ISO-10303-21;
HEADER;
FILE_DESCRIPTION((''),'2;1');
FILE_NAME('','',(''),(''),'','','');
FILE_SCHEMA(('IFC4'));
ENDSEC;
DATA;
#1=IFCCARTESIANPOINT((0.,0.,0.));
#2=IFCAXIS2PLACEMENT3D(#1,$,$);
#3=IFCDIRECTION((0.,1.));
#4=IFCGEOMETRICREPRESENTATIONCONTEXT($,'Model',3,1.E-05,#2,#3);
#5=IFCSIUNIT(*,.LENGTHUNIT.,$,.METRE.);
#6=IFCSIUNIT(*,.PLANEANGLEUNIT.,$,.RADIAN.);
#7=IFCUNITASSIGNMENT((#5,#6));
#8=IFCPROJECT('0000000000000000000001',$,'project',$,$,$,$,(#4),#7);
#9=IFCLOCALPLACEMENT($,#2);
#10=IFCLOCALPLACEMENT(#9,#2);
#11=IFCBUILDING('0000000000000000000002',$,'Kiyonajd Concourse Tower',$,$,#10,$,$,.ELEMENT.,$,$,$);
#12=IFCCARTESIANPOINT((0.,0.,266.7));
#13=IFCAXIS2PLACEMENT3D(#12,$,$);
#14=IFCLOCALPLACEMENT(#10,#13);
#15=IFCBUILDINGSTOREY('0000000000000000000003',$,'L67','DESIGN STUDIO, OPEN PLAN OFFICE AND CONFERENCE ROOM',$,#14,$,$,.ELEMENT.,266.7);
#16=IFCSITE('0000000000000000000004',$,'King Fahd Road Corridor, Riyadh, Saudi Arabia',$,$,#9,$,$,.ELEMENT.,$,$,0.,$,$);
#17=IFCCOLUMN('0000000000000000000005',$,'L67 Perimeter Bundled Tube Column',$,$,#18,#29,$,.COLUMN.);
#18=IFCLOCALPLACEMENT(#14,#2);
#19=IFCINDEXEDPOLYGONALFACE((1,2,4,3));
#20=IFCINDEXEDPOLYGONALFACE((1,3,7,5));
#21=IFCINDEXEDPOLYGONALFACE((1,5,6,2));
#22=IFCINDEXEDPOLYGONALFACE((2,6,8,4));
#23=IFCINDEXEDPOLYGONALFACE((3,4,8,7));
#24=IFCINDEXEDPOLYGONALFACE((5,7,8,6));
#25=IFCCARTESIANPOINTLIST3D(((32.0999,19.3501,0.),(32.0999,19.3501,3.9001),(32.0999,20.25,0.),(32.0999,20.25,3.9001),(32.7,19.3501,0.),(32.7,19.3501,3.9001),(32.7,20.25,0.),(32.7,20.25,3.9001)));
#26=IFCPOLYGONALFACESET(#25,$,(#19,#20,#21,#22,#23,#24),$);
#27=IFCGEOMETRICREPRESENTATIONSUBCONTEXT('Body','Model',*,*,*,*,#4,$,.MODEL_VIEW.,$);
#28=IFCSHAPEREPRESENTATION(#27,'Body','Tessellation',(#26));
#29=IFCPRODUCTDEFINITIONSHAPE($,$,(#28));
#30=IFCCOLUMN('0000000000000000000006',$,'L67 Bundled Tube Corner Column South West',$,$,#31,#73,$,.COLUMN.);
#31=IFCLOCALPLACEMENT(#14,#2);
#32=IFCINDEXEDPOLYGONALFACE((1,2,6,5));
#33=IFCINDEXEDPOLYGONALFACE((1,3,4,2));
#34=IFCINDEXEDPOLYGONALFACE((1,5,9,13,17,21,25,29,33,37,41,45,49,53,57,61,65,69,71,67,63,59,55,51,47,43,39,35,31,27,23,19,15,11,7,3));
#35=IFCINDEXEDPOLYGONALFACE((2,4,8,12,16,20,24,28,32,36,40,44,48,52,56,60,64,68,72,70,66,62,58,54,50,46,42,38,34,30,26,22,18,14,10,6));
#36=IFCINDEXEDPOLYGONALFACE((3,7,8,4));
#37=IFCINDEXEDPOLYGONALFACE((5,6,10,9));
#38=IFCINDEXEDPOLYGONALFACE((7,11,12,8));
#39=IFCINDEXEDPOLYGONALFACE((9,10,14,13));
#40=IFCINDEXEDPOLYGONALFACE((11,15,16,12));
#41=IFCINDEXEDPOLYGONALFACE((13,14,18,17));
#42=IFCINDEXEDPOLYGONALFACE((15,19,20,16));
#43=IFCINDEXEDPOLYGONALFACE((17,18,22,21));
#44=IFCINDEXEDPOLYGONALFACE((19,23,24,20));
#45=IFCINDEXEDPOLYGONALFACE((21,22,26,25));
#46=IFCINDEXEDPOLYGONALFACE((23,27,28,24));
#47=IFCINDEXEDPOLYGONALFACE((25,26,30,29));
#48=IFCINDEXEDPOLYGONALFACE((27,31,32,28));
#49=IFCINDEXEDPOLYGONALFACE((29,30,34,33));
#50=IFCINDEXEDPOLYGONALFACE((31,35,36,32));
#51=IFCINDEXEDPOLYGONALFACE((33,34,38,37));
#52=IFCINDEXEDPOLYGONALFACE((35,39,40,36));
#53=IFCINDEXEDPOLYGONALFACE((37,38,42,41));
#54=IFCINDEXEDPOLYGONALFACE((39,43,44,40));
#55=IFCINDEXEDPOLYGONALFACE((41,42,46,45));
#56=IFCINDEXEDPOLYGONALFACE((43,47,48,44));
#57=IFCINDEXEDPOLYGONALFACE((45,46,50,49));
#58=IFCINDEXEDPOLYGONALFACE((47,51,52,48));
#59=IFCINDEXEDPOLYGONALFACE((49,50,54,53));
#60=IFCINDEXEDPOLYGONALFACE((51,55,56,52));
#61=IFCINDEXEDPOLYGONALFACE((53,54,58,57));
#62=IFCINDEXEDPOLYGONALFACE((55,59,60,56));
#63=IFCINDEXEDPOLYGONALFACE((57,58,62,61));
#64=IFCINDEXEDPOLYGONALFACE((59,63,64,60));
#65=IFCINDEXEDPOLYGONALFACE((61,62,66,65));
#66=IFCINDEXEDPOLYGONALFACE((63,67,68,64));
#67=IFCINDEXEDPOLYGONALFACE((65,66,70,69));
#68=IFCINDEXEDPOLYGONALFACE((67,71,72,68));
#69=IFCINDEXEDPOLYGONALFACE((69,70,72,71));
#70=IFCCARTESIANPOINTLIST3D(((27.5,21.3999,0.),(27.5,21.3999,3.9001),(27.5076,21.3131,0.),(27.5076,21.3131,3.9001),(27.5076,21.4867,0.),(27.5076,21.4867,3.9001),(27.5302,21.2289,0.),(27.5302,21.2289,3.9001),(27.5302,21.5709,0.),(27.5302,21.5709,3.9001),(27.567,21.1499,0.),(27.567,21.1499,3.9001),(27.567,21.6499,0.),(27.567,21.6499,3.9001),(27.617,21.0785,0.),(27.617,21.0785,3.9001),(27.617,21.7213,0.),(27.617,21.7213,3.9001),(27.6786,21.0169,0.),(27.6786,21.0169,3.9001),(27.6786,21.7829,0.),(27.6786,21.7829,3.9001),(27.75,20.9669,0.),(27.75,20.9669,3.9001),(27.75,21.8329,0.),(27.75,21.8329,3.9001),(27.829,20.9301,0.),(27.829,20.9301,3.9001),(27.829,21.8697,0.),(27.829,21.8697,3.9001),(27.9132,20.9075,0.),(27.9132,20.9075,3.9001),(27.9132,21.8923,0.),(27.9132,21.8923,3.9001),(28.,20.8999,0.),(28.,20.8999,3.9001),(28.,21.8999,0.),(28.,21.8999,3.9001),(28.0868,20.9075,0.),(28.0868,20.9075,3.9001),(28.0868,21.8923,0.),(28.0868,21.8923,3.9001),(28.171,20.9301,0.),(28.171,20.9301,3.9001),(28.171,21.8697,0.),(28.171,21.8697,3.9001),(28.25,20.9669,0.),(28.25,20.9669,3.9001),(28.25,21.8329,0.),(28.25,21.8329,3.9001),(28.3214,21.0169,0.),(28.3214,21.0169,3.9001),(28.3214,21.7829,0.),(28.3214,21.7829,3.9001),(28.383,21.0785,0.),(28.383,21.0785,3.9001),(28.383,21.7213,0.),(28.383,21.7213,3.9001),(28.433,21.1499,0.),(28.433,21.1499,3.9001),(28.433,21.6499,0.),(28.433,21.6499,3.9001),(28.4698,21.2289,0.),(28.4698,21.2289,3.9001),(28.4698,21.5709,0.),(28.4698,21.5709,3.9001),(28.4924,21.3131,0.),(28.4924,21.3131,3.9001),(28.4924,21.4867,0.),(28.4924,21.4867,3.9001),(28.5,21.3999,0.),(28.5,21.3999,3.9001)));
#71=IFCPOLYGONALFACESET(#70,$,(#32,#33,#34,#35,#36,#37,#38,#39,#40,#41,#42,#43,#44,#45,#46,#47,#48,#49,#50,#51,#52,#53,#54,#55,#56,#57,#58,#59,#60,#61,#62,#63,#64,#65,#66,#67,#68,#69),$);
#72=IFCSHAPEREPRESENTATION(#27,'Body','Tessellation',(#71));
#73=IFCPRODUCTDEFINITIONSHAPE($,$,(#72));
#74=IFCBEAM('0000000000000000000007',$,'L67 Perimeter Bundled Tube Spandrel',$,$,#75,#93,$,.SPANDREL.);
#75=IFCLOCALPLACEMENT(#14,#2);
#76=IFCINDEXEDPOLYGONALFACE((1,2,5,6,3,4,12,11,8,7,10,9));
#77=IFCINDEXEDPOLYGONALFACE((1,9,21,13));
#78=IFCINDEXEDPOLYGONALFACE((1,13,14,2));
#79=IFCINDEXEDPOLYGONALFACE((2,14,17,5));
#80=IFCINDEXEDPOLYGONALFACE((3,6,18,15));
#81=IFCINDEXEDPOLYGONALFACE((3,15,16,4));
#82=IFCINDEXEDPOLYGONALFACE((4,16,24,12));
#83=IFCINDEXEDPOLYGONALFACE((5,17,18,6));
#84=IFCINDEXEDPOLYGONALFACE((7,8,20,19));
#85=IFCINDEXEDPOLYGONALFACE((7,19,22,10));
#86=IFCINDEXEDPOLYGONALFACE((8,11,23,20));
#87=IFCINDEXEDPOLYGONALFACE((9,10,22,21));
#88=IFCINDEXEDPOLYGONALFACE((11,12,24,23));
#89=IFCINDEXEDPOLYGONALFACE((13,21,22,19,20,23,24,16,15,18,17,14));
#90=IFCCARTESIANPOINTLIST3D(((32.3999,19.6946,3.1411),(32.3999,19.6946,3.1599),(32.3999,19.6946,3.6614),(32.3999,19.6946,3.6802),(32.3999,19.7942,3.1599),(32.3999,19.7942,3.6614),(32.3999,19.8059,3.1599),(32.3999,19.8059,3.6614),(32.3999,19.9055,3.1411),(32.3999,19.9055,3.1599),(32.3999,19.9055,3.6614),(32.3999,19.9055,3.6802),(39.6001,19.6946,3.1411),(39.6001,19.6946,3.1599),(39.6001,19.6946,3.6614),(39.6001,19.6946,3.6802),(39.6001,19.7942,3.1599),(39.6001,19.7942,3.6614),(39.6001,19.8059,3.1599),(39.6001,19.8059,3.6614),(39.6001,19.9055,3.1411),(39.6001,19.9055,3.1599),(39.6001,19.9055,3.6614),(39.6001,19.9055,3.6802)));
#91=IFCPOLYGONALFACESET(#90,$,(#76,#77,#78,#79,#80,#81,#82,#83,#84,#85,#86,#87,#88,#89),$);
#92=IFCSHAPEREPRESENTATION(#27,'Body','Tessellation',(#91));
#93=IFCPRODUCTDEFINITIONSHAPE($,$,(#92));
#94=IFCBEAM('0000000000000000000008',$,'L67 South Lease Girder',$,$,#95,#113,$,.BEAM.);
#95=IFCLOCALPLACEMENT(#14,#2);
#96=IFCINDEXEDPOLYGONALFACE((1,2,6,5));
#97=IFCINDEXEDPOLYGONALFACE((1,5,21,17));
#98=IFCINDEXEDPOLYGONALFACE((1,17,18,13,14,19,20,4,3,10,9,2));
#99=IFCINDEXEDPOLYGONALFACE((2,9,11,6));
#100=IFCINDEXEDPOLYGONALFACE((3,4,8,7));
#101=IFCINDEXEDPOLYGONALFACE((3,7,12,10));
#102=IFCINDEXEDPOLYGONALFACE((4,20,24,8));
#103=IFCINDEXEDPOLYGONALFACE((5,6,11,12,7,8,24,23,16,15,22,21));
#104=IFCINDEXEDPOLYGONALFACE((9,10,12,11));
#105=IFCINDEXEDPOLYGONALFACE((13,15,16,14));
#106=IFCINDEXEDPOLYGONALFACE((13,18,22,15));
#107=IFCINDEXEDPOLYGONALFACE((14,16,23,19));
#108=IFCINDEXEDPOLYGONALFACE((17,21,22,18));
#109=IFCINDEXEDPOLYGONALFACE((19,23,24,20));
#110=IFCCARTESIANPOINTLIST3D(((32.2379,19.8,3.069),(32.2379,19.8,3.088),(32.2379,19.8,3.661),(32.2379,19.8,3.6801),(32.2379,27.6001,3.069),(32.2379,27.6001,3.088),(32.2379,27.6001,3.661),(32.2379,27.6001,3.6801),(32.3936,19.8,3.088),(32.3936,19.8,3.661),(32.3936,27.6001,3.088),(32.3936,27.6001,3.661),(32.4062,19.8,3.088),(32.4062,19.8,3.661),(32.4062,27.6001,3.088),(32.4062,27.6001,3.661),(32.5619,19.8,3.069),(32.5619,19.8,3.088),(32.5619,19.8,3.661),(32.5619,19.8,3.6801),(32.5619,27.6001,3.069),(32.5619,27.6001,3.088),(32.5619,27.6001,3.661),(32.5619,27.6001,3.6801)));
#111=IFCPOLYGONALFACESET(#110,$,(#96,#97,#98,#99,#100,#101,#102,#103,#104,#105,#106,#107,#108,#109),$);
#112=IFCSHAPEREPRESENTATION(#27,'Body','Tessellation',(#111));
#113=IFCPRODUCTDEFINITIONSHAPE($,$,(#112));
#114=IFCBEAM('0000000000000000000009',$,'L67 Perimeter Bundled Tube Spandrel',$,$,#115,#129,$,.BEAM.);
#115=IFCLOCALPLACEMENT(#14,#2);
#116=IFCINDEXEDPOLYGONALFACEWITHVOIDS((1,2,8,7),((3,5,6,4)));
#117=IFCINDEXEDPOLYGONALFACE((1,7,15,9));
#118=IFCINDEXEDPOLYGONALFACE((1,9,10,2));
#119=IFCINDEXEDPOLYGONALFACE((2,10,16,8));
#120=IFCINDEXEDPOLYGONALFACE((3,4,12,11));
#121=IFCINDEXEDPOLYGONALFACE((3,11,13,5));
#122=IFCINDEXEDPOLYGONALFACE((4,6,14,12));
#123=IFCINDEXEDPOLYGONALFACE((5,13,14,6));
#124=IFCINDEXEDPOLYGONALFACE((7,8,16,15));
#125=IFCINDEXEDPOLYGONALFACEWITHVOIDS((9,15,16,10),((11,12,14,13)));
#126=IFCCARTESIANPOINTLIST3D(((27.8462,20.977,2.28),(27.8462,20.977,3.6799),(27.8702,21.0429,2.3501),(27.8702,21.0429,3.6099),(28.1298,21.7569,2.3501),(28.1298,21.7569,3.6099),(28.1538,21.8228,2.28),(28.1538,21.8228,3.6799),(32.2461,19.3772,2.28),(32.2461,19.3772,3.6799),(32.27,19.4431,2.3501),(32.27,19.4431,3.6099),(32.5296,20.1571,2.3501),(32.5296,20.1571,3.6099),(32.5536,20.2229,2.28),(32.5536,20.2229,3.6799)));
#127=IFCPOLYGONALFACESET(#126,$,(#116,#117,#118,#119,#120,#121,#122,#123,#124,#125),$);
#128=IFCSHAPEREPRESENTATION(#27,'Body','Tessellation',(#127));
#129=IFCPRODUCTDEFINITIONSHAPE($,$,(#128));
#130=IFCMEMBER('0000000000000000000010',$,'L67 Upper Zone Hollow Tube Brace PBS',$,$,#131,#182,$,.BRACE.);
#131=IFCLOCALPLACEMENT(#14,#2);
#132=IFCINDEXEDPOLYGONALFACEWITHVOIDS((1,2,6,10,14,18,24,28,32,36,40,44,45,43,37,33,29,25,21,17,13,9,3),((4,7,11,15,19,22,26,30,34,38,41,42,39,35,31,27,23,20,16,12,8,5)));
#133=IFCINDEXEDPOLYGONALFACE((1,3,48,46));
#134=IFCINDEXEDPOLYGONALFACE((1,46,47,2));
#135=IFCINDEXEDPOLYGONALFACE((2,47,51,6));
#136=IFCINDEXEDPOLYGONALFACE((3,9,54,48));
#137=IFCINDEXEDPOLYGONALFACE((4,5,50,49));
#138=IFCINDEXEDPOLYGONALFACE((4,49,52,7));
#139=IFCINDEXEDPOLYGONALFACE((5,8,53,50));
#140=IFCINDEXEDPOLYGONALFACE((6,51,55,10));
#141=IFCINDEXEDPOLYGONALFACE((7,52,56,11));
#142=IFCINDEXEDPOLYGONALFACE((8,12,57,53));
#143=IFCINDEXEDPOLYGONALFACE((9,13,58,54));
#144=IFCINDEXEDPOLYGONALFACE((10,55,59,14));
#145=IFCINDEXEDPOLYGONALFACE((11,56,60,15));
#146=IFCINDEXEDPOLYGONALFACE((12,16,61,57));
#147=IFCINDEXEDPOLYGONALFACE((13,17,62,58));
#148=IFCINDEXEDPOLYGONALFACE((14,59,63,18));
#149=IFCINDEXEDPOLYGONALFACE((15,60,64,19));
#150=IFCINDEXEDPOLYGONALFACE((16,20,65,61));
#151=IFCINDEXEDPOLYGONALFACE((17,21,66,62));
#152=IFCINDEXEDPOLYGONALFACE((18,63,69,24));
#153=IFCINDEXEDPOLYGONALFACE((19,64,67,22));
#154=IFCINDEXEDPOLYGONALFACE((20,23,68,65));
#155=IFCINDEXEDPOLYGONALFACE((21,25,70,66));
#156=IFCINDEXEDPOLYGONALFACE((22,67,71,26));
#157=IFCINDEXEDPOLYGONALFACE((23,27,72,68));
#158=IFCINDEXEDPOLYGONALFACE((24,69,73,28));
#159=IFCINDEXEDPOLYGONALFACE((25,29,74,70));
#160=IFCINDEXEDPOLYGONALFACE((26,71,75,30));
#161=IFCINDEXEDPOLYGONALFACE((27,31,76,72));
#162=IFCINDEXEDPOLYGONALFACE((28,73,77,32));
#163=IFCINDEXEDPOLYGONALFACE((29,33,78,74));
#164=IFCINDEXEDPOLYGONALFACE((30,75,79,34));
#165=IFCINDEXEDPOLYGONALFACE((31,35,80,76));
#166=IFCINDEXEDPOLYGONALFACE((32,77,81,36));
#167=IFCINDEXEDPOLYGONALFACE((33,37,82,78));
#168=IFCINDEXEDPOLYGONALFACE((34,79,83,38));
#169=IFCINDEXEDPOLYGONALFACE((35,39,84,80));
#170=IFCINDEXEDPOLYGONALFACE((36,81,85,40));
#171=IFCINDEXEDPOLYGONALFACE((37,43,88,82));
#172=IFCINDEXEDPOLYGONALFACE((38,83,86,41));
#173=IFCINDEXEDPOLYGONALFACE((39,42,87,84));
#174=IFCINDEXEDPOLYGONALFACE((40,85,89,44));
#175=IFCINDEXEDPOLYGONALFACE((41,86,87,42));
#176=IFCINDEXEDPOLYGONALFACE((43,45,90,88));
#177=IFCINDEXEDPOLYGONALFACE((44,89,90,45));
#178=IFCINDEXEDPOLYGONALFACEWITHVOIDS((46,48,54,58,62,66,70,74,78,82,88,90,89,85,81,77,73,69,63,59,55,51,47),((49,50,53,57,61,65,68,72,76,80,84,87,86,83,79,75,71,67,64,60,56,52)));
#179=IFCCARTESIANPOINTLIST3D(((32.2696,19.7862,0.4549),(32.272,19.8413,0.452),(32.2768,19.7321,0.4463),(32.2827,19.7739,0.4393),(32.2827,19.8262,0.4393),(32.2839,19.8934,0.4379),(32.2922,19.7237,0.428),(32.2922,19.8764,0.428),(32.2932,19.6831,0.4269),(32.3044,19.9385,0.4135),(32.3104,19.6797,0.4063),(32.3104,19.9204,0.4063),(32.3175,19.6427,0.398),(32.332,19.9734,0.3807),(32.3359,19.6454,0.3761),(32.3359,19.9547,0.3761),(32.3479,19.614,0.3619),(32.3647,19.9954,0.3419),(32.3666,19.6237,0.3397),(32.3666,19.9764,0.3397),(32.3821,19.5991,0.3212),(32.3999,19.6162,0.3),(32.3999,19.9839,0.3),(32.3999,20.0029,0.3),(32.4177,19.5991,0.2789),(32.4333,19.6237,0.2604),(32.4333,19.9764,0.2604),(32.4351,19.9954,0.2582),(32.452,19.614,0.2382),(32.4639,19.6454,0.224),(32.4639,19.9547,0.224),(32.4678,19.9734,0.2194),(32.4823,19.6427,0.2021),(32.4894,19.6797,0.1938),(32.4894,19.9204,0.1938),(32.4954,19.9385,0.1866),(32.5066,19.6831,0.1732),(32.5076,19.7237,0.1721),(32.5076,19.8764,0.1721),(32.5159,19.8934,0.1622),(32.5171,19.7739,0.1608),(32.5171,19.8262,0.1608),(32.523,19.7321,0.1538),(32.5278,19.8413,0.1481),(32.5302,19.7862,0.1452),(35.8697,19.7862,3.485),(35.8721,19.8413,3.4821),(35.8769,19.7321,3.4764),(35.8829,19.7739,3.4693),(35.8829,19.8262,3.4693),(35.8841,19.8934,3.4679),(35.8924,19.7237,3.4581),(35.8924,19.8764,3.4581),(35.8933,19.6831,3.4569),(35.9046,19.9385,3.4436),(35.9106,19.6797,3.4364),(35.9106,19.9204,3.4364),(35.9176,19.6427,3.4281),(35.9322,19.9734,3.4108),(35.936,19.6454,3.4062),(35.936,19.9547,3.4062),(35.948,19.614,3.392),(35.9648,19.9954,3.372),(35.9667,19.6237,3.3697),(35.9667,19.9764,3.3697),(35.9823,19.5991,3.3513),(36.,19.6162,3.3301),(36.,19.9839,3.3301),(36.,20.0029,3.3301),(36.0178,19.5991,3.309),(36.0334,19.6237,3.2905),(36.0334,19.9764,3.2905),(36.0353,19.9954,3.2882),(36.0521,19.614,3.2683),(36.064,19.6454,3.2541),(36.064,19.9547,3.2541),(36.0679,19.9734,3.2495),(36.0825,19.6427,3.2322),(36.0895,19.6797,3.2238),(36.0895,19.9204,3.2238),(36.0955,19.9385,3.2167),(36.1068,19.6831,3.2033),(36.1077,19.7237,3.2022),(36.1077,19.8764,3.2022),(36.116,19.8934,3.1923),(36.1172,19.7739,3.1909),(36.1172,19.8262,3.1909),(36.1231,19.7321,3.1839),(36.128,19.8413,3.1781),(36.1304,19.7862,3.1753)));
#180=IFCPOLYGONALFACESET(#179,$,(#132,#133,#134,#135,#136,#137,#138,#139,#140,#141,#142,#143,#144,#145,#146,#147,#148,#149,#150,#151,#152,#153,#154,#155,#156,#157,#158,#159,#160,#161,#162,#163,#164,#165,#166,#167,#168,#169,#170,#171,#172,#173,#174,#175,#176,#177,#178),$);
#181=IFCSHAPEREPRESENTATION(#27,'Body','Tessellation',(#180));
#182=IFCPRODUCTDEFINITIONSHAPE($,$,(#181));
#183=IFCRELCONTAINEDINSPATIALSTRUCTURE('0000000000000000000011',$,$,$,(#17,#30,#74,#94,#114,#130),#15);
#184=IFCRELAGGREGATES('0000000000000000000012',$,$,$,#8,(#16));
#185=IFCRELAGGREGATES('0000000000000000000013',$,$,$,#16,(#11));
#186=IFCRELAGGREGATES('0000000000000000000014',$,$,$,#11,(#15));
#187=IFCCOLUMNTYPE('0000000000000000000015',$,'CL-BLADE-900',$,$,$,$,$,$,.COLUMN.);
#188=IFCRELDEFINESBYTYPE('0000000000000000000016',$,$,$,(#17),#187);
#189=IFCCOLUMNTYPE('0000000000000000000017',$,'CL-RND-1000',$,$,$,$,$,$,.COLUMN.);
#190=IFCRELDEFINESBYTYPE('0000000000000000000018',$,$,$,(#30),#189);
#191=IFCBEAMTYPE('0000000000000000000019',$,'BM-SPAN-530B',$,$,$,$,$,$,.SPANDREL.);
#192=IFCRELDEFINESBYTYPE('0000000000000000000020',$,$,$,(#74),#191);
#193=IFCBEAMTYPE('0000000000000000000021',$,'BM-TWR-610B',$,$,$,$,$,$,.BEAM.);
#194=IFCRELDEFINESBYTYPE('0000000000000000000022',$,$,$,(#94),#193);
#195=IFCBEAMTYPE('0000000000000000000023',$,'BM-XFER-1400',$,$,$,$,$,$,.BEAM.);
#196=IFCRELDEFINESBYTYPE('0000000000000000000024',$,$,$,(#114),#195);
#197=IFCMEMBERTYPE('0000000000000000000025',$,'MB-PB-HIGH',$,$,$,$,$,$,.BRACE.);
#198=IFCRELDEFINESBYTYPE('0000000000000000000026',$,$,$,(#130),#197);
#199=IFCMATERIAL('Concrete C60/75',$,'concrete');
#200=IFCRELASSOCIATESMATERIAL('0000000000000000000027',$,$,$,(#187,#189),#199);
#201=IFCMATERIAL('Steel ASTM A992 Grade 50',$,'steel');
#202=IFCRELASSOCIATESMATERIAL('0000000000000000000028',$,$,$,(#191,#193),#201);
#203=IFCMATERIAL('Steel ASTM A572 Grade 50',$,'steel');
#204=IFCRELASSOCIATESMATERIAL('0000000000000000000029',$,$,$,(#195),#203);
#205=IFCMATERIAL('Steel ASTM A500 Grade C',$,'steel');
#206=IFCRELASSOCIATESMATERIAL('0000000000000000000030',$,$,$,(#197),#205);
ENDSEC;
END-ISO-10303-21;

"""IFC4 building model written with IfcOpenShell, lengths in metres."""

from ifc_helpers import new_model, si_unit, direction, frame, origin, origin_2d, place, context, subcontext, project, spatial, rectangle, hollow_rectangle, circle, hollow_circle, i_section, extrude, material, material_profile, profile_set, type_object, element, save


model = new_model("IFC4")

# Units and contexts
model_context = context("Model", 3, precision=1e-05, world=origin(), true_north=direction((0.0, 1.0)))
body_context = subcontext(model_context, "Body", "Model", "MODEL_VIEW")
ifc_project = project(units=[si_unit("LENGTHUNIT", "METRE"), si_unit("PLANEANGLEUNIT", "RADIAN")], contexts=[model_context])

# Site, building, storey
site_placement = place(None, origin())
site = spatial("IfcSite", under=ifc_project, at=site_placement, Name="King Fahd Road Corridor, Riyadh, Saudi Arabia", CompositionType="ELEMENT", RefElevation=0.0)
building_placement = place(site_placement, origin())
building = spatial("IfcBuilding", under=site, at=building_placement, Name="Kiyonajd Concourse Tower", CompositionType="ELEMENT")
storey_placement = place(building_placement, frame((0.0, 0.0, 266.7)))
storey = spatial("IfcBuildingStorey", under=building, at=storey_placement, Name="L67", Description="DESIGN STUDIO, OPEN PLAN OFFICE AND CONFERENCE ROOM", CompositionType="ELEMENT", Elevation=266.7)

# Columns
ifc_material_1 = material(Name="Concrete C60/75", Category="concrete")
ifc_material_profile_1 = material_profile(ifc_material_1, rectangle(XDim=0.6001, YDim=0.8999, at=origin_2d()), Name="RC-900x600")
ifc_profile_set_1 = profile_set([ifc_material_profile_1], Name="Concrete C60/75")
column_type_1 = type_object("IfcColumnType", Name="CL-BLADE-900", PredefinedType="COLUMN", material=ifc_profile_set_1)
column_1_placement = place(storey_placement, frame((32.3999, 19.8, 0.0), z_axis=(0.0, 0.0, 1.0), x_axis=(1.0, 0.0, 0.0)))
element("IfcColumn", 1, at=column_1_placement, inside=storey, type_object=column_type_1, Name="L67 Perimeter Bundled Tube Column", PredefinedType="COLUMN", context=body_context, shape_type="SweptSolid", body=[
    extrude(rectangle(XDim=0.6001, YDim=0.8999, at=origin_2d()), origin(), (0.0, 0.0, 1.0), 3.9001),
])
ifc_material_profile_2 = material_profile(ifc_material_1, circle(Radius=0.5, at=origin_2d()), Name="RCC-D1000")
ifc_profile_set_2 = profile_set([ifc_material_profile_2], Name="Concrete C60/75")
column_type_2 = type_object("IfcColumnType", Name="CL-RND-1000", PredefinedType="COLUMN", material=ifc_profile_set_2)
column_2_placement = place(storey_placement, frame((28.0, 21.3999, 0.0), z_axis=(0.0, 0.0, 1.0), x_axis=(1.0, 0.0, 0.0)))
element("IfcColumn", 2, at=column_2_placement, inside=storey, type_object=column_type_2, Name="L67 Bundled Tube Corner Column South West", PredefinedType="COLUMN", context=body_context, shape_type="SweptSolid", body=[
    extrude(circle(Radius=0.5, at=origin_2d()), origin(), (0.0, 0.0, 1.0), 3.9001),
])

# Beams
ifc_material_2 = material(Name="Steel ASTM A992 Grade 50", Category="steel")
ifc_material_profile_3 = material_profile(ifc_material_2, i_section(OverallWidth=0.2109, OverallDepth=0.5391, WebThickness=0.0117, FlangeThickness=0.0188, at=origin_2d()), Name="W530X109")
ifc_profile_set_3 = profile_set([ifc_material_profile_3], Name="Steel ASTM A992 Grade 50")
beam_type_1 = type_object("IfcBeamType", Name="BM-SPAN-530B", PredefinedType="SPANDREL", material=ifc_profile_set_3)
beam_1_placement = place(storey_placement, frame((32.3999, 19.8, 3.4106), z_axis=(1.0, 0.0, 0.0), x_axis=(0.0, 1.0, 0.0)))
element("IfcBeam", 3, at=beam_1_placement, inside=storey, type_object=beam_type_1, Name="L67 Perimeter Bundled Tube Spandrel", PredefinedType="SPANDREL", context=body_context, shape_type="SweptSolid", body=[
    extrude(i_section(OverallWidth=0.2109, OverallDepth=0.5391, WebThickness=0.0117, FlangeThickness=0.0188, at=origin_2d()), origin(), (0.0, 0.0, 1.0), 7.2002),
])
ifc_material_profile_4 = material_profile(ifc_material_2, i_section(OverallWidth=0.324, OverallDepth=0.6111, WebThickness=0.0127, FlangeThickness=0.019, at=origin_2d()), Name="W610X155")
ifc_profile_set_4 = profile_set([ifc_material_profile_4], Name="Steel ASTM A992 Grade 50")
beam_type_2 = type_object("IfcBeamType", Name="BM-TWR-610B", PredefinedType="BEAM", material=ifc_profile_set_4)
beam_2_placement = place(storey_placement, frame((32.3999, 19.8, 3.3745), z_axis=(0.0, 1.0, 0.0), x_axis=(-1.0, 0.0, 0.0)))
element("IfcBeam", 4, at=beam_2_placement, inside=storey, type_object=beam_type_2, Name="L67 South Lease Girder", PredefinedType="BEAM", context=body_context, shape_type="SweptSolid", body=[
    extrude(i_section(OverallWidth=0.324, OverallDepth=0.6111, WebThickness=0.0127, FlangeThickness=0.019, at=origin_2d()), origin(), (0.0, 0.0, 1.0), 7.8),
])
ifc_material_3 = material(Name="Steel ASTM A572 Grade 50", Category="steel")
ifc_material_profile_5 = material_profile(ifc_material_3, hollow_rectangle(XDim=0.8999, YDim=1.3999, WallThickness=0.0701, at=origin_2d()), Name="BOX-1400x900x70")
ifc_profile_set_5 = profile_set([ifc_material_profile_5], Name="Steel ASTM A572 Grade 50")
beam_type_3 = type_object("IfcBeamType", Name="BM-XFER-1400", PredefinedType="BEAM", material=ifc_profile_set_5)
beam_3_placement = place(storey_placement, frame((28.0, 21.3999, 2.98), z_axis=(0.939801, -0.341722, 0.0), x_axis=(0.341722, 0.939801, 0.0)))
element("IfcBeam", 5, at=beam_3_placement, inside=storey, type_object=beam_type_3, Name="L67 Perimeter Bundled Tube Spandrel", PredefinedType="BEAM", context=body_context, shape_type="SweptSolid", body=[
    extrude(hollow_rectangle(XDim=0.8999, YDim=1.3999, WallThickness=0.0701, at=origin_2d()), origin(), (0.0, 0.0, 1.0), 4.6816),
])

# Member
ifc_material_4 = material(Name="Steel ASTM A500 Grade C", Category="steel")
ifc_material_profile_6 = material_profile(ifc_material_4, hollow_circle(Radius=0.2029, WallThickness=0.019, at=origin_2d()), Name="CHS-406x19")
ifc_profile_set_6 = profile_set([ifc_material_profile_6], Name="Steel ASTM A500 Grade C")
member_type = type_object("IfcMemberType", Name="MB-PB-HIGH", PredefinedType="BRACE", material=ifc_profile_set_6)
member_placement = place(storey_placement, frame((32.3999, 19.8, 0.3), z_axis=(0.765082, 0.0, 0.643933), x_axis=(0.0, 1.0, 0.0)))
element("IfcMember", 6, at=member_placement, inside=storey, type_object=member_type, Name="L67 Upper Zone Hollow Tube Brace PBS", PredefinedType="BRACE", context=body_context, shape_type="SweptSolid", body=[
    extrude(hollow_circle(Radius=0.2029, WallThickness=0.019, at=origin_2d()), origin(), (0.0, 0.0, 1.0), 4.7056),
])

save(model, "model.ifc")
